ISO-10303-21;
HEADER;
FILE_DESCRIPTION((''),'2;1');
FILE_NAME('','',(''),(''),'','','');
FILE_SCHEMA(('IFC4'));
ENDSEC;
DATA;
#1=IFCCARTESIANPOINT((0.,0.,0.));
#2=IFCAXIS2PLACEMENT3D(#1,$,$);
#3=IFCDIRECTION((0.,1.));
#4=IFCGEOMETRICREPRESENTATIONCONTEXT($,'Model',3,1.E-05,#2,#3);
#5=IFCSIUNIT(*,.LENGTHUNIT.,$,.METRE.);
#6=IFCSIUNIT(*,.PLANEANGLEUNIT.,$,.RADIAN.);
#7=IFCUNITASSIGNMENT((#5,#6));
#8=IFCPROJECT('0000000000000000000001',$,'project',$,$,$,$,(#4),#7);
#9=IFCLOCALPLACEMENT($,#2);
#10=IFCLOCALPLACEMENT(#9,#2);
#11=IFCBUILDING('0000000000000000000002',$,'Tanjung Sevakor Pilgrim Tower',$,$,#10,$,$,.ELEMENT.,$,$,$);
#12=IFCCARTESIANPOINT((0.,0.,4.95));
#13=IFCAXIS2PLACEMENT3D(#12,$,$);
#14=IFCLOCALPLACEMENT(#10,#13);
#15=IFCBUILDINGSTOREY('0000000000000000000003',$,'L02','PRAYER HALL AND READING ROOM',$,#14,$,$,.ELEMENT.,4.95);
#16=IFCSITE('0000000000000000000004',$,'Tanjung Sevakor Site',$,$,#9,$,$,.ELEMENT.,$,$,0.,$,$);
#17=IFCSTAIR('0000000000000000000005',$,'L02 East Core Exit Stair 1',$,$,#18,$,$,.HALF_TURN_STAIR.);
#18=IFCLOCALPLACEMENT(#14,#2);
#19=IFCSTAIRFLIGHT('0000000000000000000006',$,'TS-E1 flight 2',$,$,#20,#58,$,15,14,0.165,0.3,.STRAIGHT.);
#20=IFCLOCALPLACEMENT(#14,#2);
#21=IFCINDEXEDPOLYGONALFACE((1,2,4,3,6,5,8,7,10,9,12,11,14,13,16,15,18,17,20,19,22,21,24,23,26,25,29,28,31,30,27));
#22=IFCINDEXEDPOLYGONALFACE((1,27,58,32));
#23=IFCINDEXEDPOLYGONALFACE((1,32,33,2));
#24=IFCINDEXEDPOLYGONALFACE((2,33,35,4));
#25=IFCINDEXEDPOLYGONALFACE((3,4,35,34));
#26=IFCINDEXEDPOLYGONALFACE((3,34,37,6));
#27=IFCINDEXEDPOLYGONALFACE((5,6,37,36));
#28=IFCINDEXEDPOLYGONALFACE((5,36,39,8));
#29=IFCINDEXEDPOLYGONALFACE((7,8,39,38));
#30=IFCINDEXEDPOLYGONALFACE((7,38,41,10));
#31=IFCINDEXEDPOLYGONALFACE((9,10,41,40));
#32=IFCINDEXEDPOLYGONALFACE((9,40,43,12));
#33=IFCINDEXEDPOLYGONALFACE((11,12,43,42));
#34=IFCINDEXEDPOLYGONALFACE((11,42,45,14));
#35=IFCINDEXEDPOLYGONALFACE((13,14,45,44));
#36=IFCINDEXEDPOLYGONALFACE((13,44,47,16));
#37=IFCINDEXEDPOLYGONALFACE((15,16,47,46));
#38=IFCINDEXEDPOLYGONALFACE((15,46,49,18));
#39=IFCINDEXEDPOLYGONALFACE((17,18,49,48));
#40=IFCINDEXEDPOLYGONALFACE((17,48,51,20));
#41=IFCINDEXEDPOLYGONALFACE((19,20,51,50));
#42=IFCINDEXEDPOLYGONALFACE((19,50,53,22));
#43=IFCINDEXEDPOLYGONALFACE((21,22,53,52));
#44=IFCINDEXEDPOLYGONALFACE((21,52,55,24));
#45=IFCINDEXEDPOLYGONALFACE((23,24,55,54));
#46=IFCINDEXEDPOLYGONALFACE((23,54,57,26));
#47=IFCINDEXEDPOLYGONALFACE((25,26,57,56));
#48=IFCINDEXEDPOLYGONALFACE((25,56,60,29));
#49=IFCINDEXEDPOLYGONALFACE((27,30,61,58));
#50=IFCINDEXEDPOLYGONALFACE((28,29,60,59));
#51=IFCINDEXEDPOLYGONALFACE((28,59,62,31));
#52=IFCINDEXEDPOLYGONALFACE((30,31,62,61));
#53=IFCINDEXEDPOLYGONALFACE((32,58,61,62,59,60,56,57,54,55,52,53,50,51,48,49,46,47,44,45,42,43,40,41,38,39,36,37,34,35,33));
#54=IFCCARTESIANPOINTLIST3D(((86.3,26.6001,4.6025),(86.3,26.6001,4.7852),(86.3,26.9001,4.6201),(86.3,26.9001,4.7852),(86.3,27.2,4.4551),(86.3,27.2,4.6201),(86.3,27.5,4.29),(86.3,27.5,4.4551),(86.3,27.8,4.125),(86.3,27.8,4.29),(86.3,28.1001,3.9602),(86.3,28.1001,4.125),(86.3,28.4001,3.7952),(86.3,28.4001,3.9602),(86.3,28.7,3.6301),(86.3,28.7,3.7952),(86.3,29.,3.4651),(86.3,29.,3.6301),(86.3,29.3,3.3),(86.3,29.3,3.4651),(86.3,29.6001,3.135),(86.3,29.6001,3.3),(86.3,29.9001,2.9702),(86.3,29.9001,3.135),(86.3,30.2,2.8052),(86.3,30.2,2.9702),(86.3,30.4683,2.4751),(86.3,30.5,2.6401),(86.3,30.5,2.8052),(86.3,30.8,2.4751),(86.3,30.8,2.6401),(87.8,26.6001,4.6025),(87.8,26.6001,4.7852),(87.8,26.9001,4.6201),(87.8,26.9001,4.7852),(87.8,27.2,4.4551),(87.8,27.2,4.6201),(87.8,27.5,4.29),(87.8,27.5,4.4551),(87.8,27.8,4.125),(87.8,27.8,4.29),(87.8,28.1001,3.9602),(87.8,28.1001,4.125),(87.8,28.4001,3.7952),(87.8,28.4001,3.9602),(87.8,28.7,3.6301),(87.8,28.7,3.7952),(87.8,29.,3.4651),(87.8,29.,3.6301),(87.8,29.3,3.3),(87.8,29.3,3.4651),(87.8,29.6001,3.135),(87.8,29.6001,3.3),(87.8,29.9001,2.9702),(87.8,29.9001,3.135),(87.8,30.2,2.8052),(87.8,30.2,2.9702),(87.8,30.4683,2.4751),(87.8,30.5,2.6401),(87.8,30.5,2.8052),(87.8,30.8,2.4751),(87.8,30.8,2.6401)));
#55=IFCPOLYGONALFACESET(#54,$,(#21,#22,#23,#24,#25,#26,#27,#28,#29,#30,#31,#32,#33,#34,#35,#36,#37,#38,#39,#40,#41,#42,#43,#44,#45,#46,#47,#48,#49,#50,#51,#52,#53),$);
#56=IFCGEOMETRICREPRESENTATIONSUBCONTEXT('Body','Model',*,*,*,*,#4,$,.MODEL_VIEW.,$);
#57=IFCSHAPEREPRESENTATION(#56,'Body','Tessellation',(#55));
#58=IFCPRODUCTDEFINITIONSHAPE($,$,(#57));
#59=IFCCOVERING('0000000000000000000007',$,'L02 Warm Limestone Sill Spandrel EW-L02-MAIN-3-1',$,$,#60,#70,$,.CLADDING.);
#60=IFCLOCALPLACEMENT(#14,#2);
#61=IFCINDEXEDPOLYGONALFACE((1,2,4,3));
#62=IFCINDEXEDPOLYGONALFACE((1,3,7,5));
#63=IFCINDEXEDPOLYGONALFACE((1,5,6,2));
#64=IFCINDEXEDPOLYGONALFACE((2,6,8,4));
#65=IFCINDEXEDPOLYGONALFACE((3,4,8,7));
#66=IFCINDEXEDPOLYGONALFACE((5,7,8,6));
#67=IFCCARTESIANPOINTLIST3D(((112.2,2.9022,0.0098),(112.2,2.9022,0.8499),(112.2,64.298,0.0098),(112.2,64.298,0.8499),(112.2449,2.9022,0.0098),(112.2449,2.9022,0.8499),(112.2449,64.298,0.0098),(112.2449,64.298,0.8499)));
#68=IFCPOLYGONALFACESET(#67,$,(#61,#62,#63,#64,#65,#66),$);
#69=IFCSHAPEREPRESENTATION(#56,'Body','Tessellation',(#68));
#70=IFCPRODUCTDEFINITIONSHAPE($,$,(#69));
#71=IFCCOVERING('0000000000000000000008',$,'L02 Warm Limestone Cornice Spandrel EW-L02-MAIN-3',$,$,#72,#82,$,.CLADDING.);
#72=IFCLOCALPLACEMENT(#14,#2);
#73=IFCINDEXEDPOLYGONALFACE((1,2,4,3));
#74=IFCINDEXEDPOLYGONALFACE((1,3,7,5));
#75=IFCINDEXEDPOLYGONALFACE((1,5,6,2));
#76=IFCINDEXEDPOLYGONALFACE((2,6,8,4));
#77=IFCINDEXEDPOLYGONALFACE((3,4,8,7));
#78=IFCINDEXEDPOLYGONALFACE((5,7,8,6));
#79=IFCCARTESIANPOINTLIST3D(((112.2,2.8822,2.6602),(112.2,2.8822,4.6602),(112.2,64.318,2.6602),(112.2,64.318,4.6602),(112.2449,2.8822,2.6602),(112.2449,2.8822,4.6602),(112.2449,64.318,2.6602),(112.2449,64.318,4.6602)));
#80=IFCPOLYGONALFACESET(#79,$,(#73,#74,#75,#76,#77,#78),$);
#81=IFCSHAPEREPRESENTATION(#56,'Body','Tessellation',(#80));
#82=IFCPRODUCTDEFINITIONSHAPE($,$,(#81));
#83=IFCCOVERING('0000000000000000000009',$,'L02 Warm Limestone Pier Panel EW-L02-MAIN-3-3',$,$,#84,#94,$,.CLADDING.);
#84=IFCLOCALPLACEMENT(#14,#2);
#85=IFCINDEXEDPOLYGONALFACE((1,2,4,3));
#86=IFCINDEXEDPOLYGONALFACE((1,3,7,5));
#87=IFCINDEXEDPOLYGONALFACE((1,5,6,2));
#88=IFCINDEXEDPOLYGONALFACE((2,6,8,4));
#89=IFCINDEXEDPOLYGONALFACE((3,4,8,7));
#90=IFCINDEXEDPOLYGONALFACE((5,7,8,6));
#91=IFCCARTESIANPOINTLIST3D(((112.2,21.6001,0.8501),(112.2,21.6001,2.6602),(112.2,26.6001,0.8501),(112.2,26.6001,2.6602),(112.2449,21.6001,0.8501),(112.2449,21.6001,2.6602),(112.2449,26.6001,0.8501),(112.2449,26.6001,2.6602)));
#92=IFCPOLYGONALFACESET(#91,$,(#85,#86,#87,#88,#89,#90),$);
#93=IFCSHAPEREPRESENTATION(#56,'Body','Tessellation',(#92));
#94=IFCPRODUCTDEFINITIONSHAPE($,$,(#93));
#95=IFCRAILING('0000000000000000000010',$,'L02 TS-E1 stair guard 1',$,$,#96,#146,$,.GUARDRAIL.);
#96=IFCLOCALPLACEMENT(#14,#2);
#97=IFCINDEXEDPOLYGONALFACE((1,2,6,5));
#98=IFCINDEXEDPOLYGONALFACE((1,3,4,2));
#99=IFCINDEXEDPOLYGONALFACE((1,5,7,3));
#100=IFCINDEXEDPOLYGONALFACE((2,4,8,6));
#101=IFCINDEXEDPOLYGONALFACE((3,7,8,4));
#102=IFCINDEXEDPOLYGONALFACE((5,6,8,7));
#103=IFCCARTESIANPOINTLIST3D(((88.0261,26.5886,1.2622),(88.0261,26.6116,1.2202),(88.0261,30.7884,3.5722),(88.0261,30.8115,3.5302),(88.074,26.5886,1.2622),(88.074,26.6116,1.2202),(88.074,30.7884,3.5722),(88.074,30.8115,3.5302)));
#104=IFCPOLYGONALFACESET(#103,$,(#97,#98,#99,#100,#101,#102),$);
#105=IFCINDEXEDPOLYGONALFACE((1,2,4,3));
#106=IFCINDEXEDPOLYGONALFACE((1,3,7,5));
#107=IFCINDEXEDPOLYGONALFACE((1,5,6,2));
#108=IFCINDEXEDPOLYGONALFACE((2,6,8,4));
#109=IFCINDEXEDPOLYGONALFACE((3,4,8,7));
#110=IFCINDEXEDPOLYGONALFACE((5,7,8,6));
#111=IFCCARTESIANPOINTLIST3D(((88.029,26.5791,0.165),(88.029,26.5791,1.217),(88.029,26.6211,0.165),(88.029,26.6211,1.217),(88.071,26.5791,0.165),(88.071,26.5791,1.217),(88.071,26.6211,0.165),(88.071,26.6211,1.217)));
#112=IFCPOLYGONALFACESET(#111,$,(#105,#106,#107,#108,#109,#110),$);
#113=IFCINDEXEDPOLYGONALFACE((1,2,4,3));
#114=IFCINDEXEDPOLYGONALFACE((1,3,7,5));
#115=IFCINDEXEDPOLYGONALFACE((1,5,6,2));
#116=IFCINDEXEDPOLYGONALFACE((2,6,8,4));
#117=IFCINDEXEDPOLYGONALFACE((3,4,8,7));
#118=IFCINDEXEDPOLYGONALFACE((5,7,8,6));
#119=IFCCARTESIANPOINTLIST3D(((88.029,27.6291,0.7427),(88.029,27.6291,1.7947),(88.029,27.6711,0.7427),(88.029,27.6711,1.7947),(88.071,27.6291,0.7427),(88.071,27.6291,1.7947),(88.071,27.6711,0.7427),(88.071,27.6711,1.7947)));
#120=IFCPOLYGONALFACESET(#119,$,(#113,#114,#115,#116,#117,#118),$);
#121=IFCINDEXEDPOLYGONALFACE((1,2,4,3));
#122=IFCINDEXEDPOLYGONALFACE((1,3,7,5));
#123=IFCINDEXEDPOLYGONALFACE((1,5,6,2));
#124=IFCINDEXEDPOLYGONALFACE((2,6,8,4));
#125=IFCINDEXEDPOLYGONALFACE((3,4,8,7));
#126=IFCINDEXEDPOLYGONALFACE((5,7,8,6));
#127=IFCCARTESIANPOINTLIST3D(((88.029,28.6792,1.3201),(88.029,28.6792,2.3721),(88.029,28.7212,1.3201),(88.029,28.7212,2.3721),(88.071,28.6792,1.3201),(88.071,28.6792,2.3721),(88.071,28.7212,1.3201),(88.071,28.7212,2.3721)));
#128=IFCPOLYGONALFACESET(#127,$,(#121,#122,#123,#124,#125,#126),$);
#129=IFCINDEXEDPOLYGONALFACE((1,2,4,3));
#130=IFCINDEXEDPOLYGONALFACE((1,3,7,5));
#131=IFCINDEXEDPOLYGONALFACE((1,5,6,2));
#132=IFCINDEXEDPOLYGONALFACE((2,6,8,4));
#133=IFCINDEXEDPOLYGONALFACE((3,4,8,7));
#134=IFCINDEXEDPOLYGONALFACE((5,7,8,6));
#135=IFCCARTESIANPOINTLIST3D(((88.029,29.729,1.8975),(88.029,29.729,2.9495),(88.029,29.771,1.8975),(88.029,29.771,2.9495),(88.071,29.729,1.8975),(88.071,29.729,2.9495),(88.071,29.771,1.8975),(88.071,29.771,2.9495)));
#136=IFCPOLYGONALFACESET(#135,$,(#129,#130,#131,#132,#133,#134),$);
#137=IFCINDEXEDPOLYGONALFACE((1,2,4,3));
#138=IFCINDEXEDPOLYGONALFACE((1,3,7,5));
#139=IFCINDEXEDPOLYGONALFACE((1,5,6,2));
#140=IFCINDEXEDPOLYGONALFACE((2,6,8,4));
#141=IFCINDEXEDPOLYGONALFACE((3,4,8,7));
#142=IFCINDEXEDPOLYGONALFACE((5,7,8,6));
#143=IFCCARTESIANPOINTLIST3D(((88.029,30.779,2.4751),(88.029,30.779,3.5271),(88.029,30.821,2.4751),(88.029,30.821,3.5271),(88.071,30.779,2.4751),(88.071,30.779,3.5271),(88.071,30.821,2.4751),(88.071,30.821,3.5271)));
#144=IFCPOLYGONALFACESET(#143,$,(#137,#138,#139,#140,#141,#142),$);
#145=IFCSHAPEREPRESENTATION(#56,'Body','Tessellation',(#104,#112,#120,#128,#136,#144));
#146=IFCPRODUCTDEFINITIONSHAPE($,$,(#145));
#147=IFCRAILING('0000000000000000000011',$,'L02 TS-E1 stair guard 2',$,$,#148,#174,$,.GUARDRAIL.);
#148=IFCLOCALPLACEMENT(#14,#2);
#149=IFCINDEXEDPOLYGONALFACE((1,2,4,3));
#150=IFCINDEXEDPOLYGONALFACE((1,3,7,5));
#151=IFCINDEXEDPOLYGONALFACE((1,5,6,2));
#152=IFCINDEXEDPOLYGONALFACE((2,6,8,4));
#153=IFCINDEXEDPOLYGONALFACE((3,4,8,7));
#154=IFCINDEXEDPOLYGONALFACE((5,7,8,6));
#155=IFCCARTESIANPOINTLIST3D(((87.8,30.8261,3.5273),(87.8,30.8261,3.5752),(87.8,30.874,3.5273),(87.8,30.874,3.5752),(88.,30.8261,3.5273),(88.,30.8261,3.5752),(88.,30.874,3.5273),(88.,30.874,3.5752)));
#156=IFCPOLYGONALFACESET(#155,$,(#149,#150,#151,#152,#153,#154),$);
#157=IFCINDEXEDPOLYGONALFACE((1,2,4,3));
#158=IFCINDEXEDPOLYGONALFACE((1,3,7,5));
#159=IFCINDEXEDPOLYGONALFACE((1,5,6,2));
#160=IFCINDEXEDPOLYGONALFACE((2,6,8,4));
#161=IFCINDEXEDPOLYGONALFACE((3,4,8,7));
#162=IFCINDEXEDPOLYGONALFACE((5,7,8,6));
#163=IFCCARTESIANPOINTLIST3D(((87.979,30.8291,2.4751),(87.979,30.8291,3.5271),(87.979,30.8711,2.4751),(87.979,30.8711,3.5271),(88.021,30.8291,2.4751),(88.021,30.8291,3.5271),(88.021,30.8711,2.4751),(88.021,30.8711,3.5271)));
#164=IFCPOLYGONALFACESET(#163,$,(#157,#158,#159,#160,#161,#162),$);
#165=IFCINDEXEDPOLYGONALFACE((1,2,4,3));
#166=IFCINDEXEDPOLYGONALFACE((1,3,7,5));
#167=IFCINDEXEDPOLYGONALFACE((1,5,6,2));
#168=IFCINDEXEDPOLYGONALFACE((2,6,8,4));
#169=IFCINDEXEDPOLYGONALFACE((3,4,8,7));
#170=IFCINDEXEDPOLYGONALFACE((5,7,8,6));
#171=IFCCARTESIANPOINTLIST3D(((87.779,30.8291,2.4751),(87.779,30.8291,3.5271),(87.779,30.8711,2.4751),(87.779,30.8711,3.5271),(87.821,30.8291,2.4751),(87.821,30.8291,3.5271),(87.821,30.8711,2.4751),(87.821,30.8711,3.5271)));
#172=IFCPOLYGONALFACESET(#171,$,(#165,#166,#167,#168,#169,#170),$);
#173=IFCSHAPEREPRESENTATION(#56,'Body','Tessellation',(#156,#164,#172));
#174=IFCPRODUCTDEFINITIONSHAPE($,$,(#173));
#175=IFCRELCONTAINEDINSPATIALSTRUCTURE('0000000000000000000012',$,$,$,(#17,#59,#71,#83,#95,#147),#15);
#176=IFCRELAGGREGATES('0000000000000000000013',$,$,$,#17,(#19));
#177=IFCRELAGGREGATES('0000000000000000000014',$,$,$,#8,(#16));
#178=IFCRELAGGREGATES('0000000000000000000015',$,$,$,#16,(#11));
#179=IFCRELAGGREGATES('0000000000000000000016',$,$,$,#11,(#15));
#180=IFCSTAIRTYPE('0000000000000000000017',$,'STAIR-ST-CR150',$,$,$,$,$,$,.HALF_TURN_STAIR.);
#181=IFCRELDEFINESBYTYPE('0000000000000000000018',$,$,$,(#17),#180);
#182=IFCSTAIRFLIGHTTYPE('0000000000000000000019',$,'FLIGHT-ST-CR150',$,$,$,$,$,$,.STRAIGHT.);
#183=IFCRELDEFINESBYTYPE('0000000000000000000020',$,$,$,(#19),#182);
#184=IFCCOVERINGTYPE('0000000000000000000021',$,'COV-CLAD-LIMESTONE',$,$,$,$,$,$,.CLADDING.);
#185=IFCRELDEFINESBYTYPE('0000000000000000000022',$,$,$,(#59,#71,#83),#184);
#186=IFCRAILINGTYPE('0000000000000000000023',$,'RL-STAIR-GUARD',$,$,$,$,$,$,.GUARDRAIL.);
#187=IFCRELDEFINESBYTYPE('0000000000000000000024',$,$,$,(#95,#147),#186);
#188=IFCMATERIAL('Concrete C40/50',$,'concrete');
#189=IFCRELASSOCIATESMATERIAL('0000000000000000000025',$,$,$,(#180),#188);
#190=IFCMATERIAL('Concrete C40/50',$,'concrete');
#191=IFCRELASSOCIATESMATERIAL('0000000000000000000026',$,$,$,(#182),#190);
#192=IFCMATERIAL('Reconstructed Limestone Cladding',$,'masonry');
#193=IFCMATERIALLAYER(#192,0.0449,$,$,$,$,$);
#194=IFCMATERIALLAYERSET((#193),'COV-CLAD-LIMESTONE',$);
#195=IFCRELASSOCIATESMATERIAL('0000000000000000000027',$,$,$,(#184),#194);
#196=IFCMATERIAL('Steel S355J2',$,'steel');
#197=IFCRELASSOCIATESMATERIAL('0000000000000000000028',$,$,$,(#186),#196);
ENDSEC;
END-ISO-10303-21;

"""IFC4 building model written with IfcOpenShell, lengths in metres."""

from ifc_helpers import new_model, si_unit, direction, frame, origin, origin_2d, place, context, subcontext, project, spatial, polyline, rectangle, outline, extrude, material, layer, layer_set, type_object, element, aggregate, save


model = new_model("IFC4")

# Units and contexts
model_context = context("Model", 3, precision=1e-05, world=origin(), true_north=direction((0.0, 1.0)))
body_context = subcontext(model_context, "Body", "Model", "MODEL_VIEW")
ifc_project = project(units=[si_unit("LENGTHUNIT", "METRE"), si_unit("PLANEANGLEUNIT", "RADIAN")], contexts=[model_context])

# Site, building, storey
site_placement = place(None, origin())
site = spatial("IfcSite", under=ifc_project, at=site_placement, Name="Tanjung Sevakor Site", CompositionType="ELEMENT", RefElevation=0.0)
building_placement = place(site_placement, origin())
building = spatial("IfcBuilding", under=site, at=building_placement, Name="Tanjung Sevakor Pilgrim Tower", CompositionType="ELEMENT")
storey_placement = place(building_placement, frame((0.0, 0.0, 4.95)))
storey = spatial("IfcBuildingStorey", under=building, at=storey_placement, Name="L02", Description="PRAYER HALL AND READING ROOM", CompositionType="ELEMENT", Elevation=4.95)

# Stair, stair flight
ifc_material_1 = material(Name="Concrete C40/50", Category="concrete")
stair_type = type_object("IfcStairType", Name="STAIR-ST-CR150", PredefinedType="HALF_TURN_STAIR", material=ifc_material_1)
stair_placement = place(storey_placement, origin())
stair = element("IfcStair", 1, at=stair_placement, inside=storey, type_object=stair_type, Name="L02 East Core Exit Stair 1", PredefinedType="HALF_TURN_STAIR")
ifc_material_2 = material(Name="Concrete C40/50", Category="concrete")
stair_flight_type = type_object("IfcStairFlightType", Name="FLIGHT-ST-CR150", PredefinedType="STRAIGHT", material=ifc_material_2)
stair_flight_1_placement = place(storey_placement, frame((87.05, 30.8, 2.4751), z_axis=(0.0, 0.0, 1.0), x_axis=(0.0, -1.0, 0.0)))
stair_flight_1 = element("IfcStairFlight", 2, at=stair_flight_1_placement, type_object=stair_flight_type, Name="TS-E1 flight 2", NumberOfRisers=15, NumberOfTreads=14, PredefinedType="STRAIGHT", RiserHeight=0.165, TreadLength=0.3, context=body_context, shape_type="SweptSolid", body=[
    extrude(outline(polyline([(0.0, 0.0), (0.0, 0.165), (0.3, 0.165), (0.3, 0.3301), (0.6001, 0.3301), (0.6001, 0.4951), (0.8999, 0.4951), (0.8999, 0.6599), (1.2, 0.6599), (1.2, 0.825), (1.5, 0.825), (1.5, 0.99), (1.8, 0.99), (1.8, 1.155), (2.1001, 1.155), (2.1001, 1.3201), (2.3999, 1.3201), (2.3999, 1.4851), (2.7, 1.4851), (2.7, 1.6499), (3.0, 1.6499), (3.0, 1.8149), (3.3, 1.8149), (3.3, 1.98), (3.6001, 1.98), (3.6001, 2.145), (3.8999, 2.145), (3.8999, 2.3101), (4.2, 2.3101), (4.2, 2.4751), (4.2, 2.1274), (0.3318, 0.0), (0.0, 0.0)])), frame((0.0, 0.75, 0.0), z_axis=(0.0, -1.0, 0.0), x_axis=(1.0, 0.0, 0.0)), (0.0, 0.0, 1.0), 1.5),
])
aggregate(stair, [stair_flight_1])

# Coverings
ifc_material_3 = material(Name="Reconstructed Limestone Cladding", Category="masonry")
ifc_layer_1 = layer(ifc_material_3, 0.0449)
ifc_layer_set_1 = layer_set([ifc_layer_1], Name="COV-CLAD-LIMESTONE")
covering_type = type_object("IfcCoveringType", Name="COV-CLAD-LIMESTONE", PredefinedType="CLADDING", material=ifc_layer_set_1)
covering_1_placement = place(storey_placement, frame((112.2224, 33.6001, 0.0098), z_axis=(0.0, 0.0, 1.0), x_axis=(0.0, 1.0, 0.0)))
element("IfcCovering", 3, at=covering_1_placement, inside=storey, type_object=covering_type, Name="L02 Warm Limestone Sill Spandrel EW-L02-MAIN-3-1", PredefinedType="CLADDING", context=body_context, shape_type="SweptSolid", body=[
    extrude(rectangle(XDim=61.3958, YDim=0.0449, at=origin_2d()), origin(), (0.0, 0.0, 1.0), 0.8401),
])
covering_2_placement = place(storey_placement, frame((112.2224, 33.6001, 2.6602), z_axis=(0.0, 0.0, 1.0), x_axis=(0.0, 1.0, 0.0)))
element("IfcCovering", 4, at=covering_2_placement, inside=storey, type_object=covering_type, Name="L02 Warm Limestone Cornice Spandrel EW-L02-MAIN-3", PredefinedType="CLADDING", context=body_context, shape_type="SweptSolid", body=[
    extrude(rectangle(XDim=61.4358, YDim=0.0449, at=origin_2d()), origin(), (0.0, 0.0, 1.0), 2.0),
])
covering_3_placement = place(storey_placement, frame((112.2224, 24.1001, 0.8501), z_axis=(0.0, 0.0, 1.0), x_axis=(0.0, 1.0, 0.0)))
element("IfcCovering", 5, at=covering_3_placement, inside=storey, type_object=covering_type, Name="L02 Warm Limestone Pier Panel EW-L02-MAIN-3-3", PredefinedType="CLADDING", context=body_context, shape_type="SweptSolid", body=[
    extrude(rectangle(XDim=5.0, YDim=0.0449, at=origin_2d()), origin(), (0.0, 0.0, 1.0), 1.8101),
])

# Railings
ifc_material_4 = material(Name="Steel S355J2", Category="steel")
railing_type_1 = type_object("IfcRailingType", Name="RL-STAIR-GUARD", PredefinedType="GUARDRAIL", material=ifc_material_4)
railing_1_placement = place(storey_placement, frame((88.05, 26.6001, 0.165)))
element("IfcRailing", 6, at=railing_1_placement, inside=storey, type_object=railing_type_1, Name="L02 TS-E1 stair guard 1", PredefinedType="GUARDRAIL", context=body_context, shape_type="SweptSolid", body=[
    extrude(rectangle(XDim=0.0479, YDim=0.0479), frame((0.0, 0.0, 1.0762), z_axis=(0.0, 0.876208, 0.481932), x_axis=(-1.0, 0.0, 0.0)), (0.0, 0.0, 1.0), 4.7932),
    extrude(rectangle(XDim=0.042, YDim=0.042), origin(), (0.0, 0.0, 1.0), 1.052),
    extrude(rectangle(XDim=0.042, YDim=0.042), frame((0.0, 1.05, 0.5776)), (0.0, 0.0, 1.0), 1.052),
    extrude(rectangle(XDim=0.042, YDim=0.042), frame((0.0, 2.1001, 1.155)), (0.0, 0.0, 1.0), 1.052),
    extrude(rectangle(XDim=0.042, YDim=0.042), frame((0.0, 3.1499, 1.7324)), (0.0, 0.0, 1.0), 1.052),
    extrude(rectangle(XDim=0.042, YDim=0.042), frame((0.0, 4.2, 2.3101)), (0.0, 0.0, 1.0), 1.052),
])
railing_2_placement = place(storey_placement, frame((88.0, 30.8501, 2.4751)))
element("IfcRailing", 7, at=railing_2_placement, inside=storey, type_object=railing_type_1, Name="L02 TS-E1 stair guard 2", PredefinedType="GUARDRAIL", context=body_context, shape_type="SweptSolid", body=[
    extrude(rectangle(XDim=0.0479, YDim=0.0479), frame((0.0, 0.0, 1.0762), z_axis=(-1.0, 0.0, 0.0), x_axis=(0.0, -1.0, 0.0)), (0.0, 0.0, 1.0), 0.2),
    extrude(rectangle(XDim=0.042, YDim=0.042), origin(), (0.0, 0.0, 1.0), 1.052),
    extrude(rectangle(XDim=0.042, YDim=0.042), frame((-0.2, 0.0, 0.0)), (0.0, 0.0, 1.0), 1.052),
])

save(model, "model.ifc")
